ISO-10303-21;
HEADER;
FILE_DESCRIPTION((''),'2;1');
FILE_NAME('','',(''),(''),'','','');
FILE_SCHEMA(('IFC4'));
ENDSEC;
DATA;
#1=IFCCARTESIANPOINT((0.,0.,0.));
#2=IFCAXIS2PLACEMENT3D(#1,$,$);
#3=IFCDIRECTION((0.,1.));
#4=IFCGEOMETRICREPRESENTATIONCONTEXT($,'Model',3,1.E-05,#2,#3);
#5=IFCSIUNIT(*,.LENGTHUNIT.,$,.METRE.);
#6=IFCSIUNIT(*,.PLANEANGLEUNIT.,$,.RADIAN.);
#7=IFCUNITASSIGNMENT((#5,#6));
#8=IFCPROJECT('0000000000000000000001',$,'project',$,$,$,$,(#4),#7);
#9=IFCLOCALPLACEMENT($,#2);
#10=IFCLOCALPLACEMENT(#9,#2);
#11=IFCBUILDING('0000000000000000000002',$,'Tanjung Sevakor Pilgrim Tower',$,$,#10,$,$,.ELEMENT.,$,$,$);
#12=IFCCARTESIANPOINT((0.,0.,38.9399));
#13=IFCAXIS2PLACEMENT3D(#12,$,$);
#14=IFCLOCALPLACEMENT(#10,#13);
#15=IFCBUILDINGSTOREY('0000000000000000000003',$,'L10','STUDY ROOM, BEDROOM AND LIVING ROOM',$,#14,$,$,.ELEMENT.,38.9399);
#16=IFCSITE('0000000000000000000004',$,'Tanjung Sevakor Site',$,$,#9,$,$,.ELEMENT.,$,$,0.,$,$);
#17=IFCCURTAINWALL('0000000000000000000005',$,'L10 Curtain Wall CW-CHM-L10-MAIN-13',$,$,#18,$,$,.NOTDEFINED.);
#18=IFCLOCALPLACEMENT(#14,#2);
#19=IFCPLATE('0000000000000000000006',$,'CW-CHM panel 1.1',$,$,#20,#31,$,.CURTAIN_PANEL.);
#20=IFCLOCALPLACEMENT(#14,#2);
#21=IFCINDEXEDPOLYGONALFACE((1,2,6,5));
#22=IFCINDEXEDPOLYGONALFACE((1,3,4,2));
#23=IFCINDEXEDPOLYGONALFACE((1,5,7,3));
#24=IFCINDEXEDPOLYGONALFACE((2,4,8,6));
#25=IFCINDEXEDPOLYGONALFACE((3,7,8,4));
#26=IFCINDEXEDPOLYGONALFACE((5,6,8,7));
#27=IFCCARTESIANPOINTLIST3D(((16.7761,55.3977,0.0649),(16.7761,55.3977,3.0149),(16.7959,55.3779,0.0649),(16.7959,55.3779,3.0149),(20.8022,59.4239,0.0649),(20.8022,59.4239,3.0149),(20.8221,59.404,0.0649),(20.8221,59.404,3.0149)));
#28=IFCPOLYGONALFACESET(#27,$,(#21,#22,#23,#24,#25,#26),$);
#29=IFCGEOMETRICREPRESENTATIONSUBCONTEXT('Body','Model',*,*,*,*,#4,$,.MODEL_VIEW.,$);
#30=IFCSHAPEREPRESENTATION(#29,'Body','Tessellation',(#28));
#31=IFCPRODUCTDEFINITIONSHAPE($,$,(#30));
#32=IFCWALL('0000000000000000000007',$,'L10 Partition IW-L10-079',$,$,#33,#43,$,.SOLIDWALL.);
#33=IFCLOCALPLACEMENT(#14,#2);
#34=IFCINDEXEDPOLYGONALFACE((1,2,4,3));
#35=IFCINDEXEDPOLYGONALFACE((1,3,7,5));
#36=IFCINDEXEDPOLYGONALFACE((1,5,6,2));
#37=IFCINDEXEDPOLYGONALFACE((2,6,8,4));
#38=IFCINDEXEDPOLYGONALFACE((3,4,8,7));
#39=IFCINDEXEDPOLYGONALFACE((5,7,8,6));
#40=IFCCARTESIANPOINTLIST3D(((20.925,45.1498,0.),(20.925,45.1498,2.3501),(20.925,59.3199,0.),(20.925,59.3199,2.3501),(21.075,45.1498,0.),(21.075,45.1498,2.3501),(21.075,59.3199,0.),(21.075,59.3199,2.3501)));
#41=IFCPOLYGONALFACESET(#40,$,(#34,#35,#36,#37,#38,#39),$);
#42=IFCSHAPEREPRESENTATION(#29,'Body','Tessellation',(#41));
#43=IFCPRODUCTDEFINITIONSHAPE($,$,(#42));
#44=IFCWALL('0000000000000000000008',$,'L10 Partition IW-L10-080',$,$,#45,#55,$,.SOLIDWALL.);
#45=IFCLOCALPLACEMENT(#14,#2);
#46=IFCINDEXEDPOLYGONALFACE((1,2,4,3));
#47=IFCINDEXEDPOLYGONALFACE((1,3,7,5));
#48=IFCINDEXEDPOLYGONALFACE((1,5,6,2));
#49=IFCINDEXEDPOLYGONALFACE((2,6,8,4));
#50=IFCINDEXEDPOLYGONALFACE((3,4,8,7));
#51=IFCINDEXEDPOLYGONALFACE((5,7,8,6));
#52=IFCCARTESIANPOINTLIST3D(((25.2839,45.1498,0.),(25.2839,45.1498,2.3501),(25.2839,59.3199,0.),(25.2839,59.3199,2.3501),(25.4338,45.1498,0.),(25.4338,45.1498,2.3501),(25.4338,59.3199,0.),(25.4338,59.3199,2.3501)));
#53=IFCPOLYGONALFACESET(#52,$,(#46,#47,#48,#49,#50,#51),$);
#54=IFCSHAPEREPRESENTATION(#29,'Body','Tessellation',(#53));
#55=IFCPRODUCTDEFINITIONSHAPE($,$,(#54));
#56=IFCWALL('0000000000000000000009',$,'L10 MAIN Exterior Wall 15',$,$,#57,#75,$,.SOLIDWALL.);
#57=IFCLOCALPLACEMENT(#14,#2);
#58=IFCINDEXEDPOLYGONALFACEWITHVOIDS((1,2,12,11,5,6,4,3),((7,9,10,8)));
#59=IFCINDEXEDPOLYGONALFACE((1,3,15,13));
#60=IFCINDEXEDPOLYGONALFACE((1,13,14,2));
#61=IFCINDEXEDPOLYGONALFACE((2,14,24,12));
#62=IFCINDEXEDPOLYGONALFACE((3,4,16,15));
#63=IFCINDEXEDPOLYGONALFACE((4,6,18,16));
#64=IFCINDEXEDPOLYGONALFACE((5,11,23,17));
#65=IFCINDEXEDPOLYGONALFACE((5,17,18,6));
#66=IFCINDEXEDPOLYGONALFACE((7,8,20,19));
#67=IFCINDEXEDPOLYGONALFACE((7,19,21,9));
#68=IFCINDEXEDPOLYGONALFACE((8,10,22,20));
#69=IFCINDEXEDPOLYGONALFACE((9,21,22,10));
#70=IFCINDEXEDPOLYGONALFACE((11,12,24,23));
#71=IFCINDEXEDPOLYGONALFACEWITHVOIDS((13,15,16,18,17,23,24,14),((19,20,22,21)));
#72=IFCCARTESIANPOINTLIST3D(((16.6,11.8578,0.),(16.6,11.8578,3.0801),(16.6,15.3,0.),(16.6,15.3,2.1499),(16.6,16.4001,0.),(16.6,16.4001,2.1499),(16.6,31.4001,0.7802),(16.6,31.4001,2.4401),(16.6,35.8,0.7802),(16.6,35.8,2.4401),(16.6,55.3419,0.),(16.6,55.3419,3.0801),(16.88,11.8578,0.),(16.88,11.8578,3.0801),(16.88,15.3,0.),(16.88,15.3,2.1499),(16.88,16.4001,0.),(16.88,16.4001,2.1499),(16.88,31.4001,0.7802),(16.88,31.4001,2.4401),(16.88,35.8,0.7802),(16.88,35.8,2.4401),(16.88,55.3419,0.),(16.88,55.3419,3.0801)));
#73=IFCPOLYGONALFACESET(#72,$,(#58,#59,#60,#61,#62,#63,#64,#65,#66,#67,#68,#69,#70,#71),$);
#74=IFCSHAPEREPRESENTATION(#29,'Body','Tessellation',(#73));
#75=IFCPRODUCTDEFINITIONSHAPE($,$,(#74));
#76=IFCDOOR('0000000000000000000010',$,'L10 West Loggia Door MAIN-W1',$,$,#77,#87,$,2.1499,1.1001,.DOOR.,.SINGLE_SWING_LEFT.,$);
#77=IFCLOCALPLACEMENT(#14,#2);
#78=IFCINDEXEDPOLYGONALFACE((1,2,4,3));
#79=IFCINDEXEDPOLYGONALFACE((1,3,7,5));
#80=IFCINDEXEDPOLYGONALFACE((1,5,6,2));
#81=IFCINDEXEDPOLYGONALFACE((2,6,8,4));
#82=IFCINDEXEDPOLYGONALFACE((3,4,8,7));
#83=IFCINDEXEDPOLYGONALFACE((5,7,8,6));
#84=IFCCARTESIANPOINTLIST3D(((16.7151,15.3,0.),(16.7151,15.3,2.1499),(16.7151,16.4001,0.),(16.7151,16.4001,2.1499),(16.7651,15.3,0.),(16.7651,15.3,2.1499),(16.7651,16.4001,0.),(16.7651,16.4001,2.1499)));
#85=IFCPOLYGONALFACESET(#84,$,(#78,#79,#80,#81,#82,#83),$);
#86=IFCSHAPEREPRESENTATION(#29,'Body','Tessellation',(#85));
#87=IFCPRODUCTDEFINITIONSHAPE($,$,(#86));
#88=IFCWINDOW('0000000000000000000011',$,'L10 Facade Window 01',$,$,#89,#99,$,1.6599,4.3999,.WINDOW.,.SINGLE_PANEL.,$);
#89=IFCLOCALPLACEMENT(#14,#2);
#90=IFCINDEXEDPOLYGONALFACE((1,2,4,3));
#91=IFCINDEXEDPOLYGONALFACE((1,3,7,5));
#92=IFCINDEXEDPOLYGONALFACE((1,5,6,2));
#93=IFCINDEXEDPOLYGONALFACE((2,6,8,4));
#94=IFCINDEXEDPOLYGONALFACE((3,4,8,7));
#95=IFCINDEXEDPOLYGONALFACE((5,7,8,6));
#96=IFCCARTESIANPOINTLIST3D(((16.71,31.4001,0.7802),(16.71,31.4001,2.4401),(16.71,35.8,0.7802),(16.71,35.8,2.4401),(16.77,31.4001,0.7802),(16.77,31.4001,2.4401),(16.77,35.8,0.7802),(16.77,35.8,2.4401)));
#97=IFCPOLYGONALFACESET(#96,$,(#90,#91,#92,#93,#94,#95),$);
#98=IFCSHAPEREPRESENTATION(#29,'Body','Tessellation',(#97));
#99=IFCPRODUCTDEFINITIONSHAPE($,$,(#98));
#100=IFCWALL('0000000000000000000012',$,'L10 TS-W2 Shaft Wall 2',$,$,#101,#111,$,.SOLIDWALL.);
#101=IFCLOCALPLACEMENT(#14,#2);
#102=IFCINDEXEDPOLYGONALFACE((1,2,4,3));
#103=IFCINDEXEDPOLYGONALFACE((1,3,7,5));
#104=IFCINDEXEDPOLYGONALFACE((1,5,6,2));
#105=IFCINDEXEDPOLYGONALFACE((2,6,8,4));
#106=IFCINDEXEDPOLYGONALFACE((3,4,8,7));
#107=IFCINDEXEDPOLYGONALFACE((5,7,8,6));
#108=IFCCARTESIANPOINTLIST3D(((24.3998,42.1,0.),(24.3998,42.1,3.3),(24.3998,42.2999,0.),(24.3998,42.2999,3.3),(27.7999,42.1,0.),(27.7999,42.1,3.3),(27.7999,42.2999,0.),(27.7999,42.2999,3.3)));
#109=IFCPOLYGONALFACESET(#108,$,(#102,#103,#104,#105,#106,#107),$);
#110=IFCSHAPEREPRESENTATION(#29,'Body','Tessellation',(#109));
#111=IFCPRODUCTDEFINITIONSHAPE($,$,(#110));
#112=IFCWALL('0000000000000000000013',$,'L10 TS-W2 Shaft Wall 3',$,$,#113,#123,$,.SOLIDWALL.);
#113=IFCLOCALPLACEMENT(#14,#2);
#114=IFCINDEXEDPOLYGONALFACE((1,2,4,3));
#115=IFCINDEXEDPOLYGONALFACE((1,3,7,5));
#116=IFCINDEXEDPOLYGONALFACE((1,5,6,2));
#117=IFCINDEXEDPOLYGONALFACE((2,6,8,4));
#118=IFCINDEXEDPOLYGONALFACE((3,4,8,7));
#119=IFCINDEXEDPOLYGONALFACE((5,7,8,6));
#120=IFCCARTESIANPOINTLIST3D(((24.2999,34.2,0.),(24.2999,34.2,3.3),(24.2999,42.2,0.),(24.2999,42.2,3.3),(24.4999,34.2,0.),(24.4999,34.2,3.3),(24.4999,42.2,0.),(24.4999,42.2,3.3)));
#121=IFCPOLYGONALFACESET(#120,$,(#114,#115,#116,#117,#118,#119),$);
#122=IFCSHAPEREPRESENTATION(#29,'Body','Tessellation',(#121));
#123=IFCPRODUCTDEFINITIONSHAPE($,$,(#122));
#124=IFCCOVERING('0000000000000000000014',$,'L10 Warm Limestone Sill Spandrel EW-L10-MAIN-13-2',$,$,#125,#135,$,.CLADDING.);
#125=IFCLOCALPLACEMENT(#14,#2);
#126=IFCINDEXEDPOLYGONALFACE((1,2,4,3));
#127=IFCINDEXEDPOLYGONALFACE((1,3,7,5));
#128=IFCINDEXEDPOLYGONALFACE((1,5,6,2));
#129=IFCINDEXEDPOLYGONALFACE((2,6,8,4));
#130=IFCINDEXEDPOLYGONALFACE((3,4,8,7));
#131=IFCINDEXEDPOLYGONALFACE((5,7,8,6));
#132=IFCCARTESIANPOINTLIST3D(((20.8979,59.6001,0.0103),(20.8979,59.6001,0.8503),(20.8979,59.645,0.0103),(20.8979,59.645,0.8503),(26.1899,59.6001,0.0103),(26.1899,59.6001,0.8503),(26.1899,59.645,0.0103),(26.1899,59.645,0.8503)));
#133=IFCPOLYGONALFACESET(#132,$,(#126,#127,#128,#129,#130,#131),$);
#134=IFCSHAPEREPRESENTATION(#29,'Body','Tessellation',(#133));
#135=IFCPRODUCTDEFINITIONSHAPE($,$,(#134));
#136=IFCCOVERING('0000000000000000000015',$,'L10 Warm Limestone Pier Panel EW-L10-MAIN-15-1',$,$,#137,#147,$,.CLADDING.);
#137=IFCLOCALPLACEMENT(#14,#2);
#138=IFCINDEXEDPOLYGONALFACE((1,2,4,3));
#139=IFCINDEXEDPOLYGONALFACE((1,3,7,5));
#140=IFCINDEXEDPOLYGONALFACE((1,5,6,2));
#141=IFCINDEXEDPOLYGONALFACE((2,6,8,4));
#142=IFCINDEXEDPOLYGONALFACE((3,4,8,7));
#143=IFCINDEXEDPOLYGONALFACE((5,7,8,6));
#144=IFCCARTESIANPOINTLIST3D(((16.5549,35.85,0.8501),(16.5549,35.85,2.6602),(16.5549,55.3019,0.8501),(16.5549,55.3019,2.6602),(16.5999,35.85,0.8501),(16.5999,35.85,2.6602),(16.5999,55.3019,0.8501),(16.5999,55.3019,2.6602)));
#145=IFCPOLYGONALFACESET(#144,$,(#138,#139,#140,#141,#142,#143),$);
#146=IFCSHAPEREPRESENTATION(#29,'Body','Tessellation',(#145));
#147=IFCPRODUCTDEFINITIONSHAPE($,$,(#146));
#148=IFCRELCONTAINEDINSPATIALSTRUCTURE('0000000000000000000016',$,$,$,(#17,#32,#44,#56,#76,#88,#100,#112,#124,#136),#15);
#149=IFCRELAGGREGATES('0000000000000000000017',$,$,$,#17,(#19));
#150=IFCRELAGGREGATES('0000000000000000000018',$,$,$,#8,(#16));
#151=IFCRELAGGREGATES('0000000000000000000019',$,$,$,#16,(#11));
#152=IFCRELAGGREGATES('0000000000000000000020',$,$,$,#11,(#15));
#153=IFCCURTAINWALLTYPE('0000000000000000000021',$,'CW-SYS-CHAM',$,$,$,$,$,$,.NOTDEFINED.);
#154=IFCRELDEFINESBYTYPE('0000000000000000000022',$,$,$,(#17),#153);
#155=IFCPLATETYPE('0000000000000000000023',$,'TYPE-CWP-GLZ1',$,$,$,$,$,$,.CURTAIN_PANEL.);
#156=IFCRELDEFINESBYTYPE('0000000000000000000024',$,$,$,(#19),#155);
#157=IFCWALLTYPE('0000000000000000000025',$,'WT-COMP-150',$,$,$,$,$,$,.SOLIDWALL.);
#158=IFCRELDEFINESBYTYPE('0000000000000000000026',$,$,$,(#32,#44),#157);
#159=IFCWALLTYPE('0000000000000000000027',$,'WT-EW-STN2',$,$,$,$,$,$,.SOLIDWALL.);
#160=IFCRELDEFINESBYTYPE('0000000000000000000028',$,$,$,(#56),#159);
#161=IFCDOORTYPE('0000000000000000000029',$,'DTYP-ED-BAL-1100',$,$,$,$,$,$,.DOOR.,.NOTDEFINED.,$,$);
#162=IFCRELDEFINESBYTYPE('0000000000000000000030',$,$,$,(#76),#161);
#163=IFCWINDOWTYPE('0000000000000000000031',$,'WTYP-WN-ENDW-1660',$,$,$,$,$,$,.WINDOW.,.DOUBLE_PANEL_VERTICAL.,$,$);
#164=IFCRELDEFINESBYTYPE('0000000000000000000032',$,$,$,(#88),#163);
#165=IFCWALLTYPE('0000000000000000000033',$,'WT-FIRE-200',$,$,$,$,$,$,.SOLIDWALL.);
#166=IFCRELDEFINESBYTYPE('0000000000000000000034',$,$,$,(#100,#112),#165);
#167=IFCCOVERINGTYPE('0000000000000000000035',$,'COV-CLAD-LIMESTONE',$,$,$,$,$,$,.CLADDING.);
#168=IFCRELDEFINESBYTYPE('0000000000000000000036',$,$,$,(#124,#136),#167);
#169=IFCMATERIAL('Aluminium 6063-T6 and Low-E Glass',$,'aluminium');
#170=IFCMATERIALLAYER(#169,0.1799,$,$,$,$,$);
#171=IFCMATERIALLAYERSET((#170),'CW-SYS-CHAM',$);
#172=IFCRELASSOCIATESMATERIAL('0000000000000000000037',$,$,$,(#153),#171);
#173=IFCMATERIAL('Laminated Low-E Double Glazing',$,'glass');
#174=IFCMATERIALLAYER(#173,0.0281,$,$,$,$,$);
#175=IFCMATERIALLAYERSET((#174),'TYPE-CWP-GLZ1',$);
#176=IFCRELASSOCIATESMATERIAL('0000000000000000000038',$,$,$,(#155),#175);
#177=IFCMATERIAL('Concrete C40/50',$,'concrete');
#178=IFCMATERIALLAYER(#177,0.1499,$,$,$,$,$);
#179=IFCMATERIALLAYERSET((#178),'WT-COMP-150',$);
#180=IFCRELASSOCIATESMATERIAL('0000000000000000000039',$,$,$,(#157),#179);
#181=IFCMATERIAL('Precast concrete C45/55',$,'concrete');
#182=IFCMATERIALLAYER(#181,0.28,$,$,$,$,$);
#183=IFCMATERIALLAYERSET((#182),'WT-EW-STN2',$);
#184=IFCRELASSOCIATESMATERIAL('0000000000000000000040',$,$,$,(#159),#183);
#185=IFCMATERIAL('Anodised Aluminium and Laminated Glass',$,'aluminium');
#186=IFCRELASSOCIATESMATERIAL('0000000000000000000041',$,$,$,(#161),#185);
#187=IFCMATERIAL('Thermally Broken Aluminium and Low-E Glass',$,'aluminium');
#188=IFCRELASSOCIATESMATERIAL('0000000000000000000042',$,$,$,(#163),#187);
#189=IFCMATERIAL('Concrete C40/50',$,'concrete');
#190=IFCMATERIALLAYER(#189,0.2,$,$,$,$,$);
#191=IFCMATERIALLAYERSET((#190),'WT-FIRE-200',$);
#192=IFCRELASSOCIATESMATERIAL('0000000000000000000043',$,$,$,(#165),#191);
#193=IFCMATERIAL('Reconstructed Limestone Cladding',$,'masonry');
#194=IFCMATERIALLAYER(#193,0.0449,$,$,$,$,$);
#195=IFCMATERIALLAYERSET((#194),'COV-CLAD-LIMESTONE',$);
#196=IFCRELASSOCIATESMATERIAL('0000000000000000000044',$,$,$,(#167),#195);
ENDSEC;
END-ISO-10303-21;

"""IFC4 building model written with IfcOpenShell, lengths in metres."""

from ifc_helpers import new_model, si_unit, direction, frame, frame_2d, origin, origin_2d, place, context, subcontext, project, spatial, rectangle, extrude, material, layer, layer_set, type_object, element, fill, aggregate, save


model = new_model("IFC4")

# Units and contexts
model_context = context("Model", 3, precision=1e-05, world=origin(), true_north=direction((0.0, 1.0)))
body_context = subcontext(model_context, "Body", "Model", "MODEL_VIEW")
ifc_project = project(units=[si_unit("LENGTHUNIT", "METRE"), si_unit("PLANEANGLEUNIT", "RADIAN")], contexts=[model_context])

# Site, building, storey
site_placement = place(None, origin())
site = spatial("IfcSite", under=ifc_project, at=site_placement, Name="Tanjung Sevakor Site", CompositionType="ELEMENT", RefElevation=0.0)
building_placement = place(site_placement, origin())
building = spatial("IfcBuilding", under=site, at=building_placement, Name="Tanjung Sevakor Pilgrim Tower", CompositionType="ELEMENT")
storey_placement = place(building_placement, frame((0.0, 0.0, 38.9399)))
storey = spatial("IfcBuildingStorey", under=building, at=storey_placement, Name="L10", Description="STUDY ROOM, BEDROOM AND LIVING ROOM", CompositionType="ELEMENT", Elevation=38.9399)

# Curtain wall, plate
ifc_material_1 = material(Name="Aluminium 6063-T6 and Low-E Glass", Category="aluminium")
ifc_layer_1 = layer(ifc_material_1, 0.1799)
ifc_layer_set_1 = layer_set([ifc_layer_1], Name="CW-SYS-CHAM")
curtain_wall_type = type_object("IfcCurtainWallType", Name="CW-SYS-CHAM", PredefinedType="NOTDEFINED", material=ifc_layer_set_1)
curtain_wall_placement = place(storey_placement, origin())
curtain_wall = element("IfcCurtainWall", 1, at=curtain_wall_placement, inside=storey, type_object=curtain_wall_type, Name="L10 Curtain Wall CW-CHM-L10-MAIN-13", PredefinedType="NOTDEFINED")
ifc_material_2 = material(Name="Laminated Low-E Double Glazing", Category="glass")
ifc_layer_2 = layer(ifc_material_2, 0.0281)
ifc_layer_set_2 = layer_set([ifc_layer_2], Name="TYPE-CWP-GLZ1")
plate_type = type_object("IfcPlateType", Name="TYPE-CWP-GLZ1", PredefinedType="CURTAIN_PANEL", material=ifc_layer_set_2)
plate_placement = place(storey_placement, frame((18.7991, 57.4009, 0.0649), z_axis=(0.0, 0.0, 1.0), x_axis=(-0.707107, -0.707107, 0.0)))
plate = element("IfcPlate", 2, at=plate_placement, type_object=plate_type, Name="CW-CHM panel 1.1", PredefinedType="CURTAIN_PANEL", context=body_context, shape_type="SweptSolid", body=[
    extrude(rectangle(XDim=5.6938, YDim=0.0281, at=origin_2d()), origin(), (0.0, 0.0, 1.0), 2.95),
])
aggregate(curtain_wall, [plate])

# Walls
ifc_material_3 = material(Name="Concrete C40/50", Category="concrete")
ifc_layer_3 = layer(ifc_material_3, 0.1499)
ifc_layer_set_3 = layer_set([ifc_layer_3], Name="WT-COMP-150")
wall_type_1 = type_object("IfcWallType", Name="WT-COMP-150", PredefinedType="SOLIDWALL", material=ifc_layer_set_3)
for number, where, z_axis, x_axis, name in (
    (3, (21.0, 45.1499, 0.0), (0.0, 0.0, 1.0), (0.0, 1.0, 0.0), "L10 Partition IW-L10-079"),
    (4, (25.3589, 45.1499, 0.0), (0.0, 0.0, 1.0), (0.0, 1.0, 0.0), "L10 Partition IW-L10-080"),
):
    element("IfcWall", number, at=place(storey_placement, frame(where, z_axis=z_axis, x_axis=x_axis)), inside=storey, type_object=wall_type_1, Name=name, PredefinedType="SOLIDWALL", context=body_context, shape_type="SweptSolid", body=[
        extrude(rectangle(XDim=14.1702, YDim=0.1499, at=frame_2d((7.085, 0.0))), origin(), (0.0, 0.0, 1.0), 2.3501),
    ])

# Wall, openings, door, window
ifc_material_4 = material(Name="Precast concrete C45/55", Category="concrete")
ifc_layer_4 = layer(ifc_material_4, 0.28)
ifc_layer_set_4 = layer_set([ifc_layer_4], Name="WT-EW-STN2")
wall_type_2 = type_object("IfcWallType", Name="WT-EW-STN2", PredefinedType="SOLIDWALL", material=ifc_layer_set_4)
wall_1_placement = place(storey_placement, frame((16.74, 55.342, 0.0), z_axis=(0.0, 0.0, 1.0), x_axis=(0.0, -1.0, 0.0)))
wall_1 = element("IfcWall", 5, at=wall_1_placement, inside=storey, type_object=wall_type_2, Name="L10 MAIN Exterior Wall 15", PredefinedType="SOLIDWALL", context=body_context, shape_type="SweptSolid", body=[
    extrude(rectangle(XDim=43.4841, YDim=0.28, at=frame_2d((21.7422, 0.0))), origin(), (0.0, 0.0, 1.0), 3.0801),
])
opening_1_placement = place(wall_1_placement, frame((38.9419, 0.0, 0.0)))
opening_1 = element("IfcOpeningElement", 6, at=opening_1_placement, cuts=wall_1, PredefinedType="OPENING", context=body_context, shape_type="SweptSolid", body=[
    extrude(rectangle(XDim=1.1001, YDim=2.1499, at=frame_2d((0.55, 1.075))), frame((0.0, 0.1499, 0.0), z_axis=(0.0, -1.0, 0.0), x_axis=(1.0, 0.0, 0.0)), (0.0, 0.0, 1.0), 0.3),
])
opening_2_placement = place(wall_1_placement, frame((19.542, 0.0, 0.78)))
opening_2 = element("IfcOpeningElement", 7, at=opening_2_placement, cuts=wall_1, PredefinedType="OPENING", context=body_context, shape_type="SweptSolid", body=[
    extrude(rectangle(XDim=4.3999, YDim=1.6599, at=frame_2d((2.2, 0.8301))), frame((0.0, 0.1499, 0.0), z_axis=(0.0, -1.0, 0.0), x_axis=(1.0, 0.0, 0.0)), (0.0, 0.0, 1.0), 0.3),
])
ifc_material_5 = material(Name="Anodised Aluminium and Laminated Glass", Category="aluminium")
door_type_1 = type_object("IfcDoorType", Name="DTYP-ED-BAL-1100", OperationType="NOTDEFINED", PredefinedType="DOOR", material=ifc_material_5)
door_1_placement = place(opening_1_placement, frame((1.1001, 0.0, 0.0), z_axis=(0.0, 0.0, 1.0), x_axis=(-1.0, 0.0, 0.0)))
door_1 = element("IfcDoor", 8, at=door_1_placement, inside=storey, type_object=door_type_1, Name="L10 West Loggia Door MAIN-W1", OperationType="SINGLE_SWING_LEFT", OverallHeight=2.1499, OverallWidth=1.1001, PredefinedType="DOOR", context=body_context, shape_type="SweptSolid", body=[
    extrude(rectangle(XDim=1.1001, YDim=2.1499, at=frame_2d((0.55, 1.075))), frame((0.0, 0.0249, 0.0), z_axis=(0.0, -1.0, 0.0), x_axis=(1.0, 0.0, 0.0)), (0.0, 0.0, 1.0), 0.05),
])
fill(opening_1, door_1)
ifc_material_6 = material(Name="Thermally Broken Aluminium and Low-E Glass", Category="aluminium")
window_type = type_object("IfcWindowType", Name="WTYP-WN-ENDW-1660", PartitioningType="DOUBLE_PANEL_VERTICAL", PredefinedType="WINDOW", material=ifc_material_6)
window_placement = place(opening_2_placement, origin())
window = element("IfcWindow", 9, at=window_placement, inside=storey, type_object=window_type, Name="L10 Facade Window 01", OverallHeight=1.6599, OverallWidth=4.3999, PartitioningType="SINGLE_PANEL", PredefinedType="WINDOW", context=body_context, shape_type="SweptSolid", body=[
    extrude(rectangle(XDim=4.3999, YDim=1.6599, at=frame_2d((2.2, 0.8301))), frame((0.0, 0.03, 0.0), z_axis=(0.0, -1.0, 0.0), x_axis=(1.0, 0.0, 0.0)), (0.0, 0.0, 1.0), 0.0601),
])
fill(opening_2, window)

# Walls
ifc_material_7 = material(Name="Concrete C40/50", Category="concrete")
ifc_layer_5 = layer(ifc_material_7, 0.2)
ifc_layer_set_5 = layer_set([ifc_layer_5], Name="WT-FIRE-200")
wall_type_3 = type_object("IfcWallType", Name="WT-FIRE-200", PredefinedType="SOLIDWALL", material=ifc_layer_set_5)
wall_2_placement = place(storey_placement, frame((27.8, 42.2, 0.0), z_axis=(0.0, 0.0, 1.0), x_axis=(-1.0, 0.0, 0.0)))
element("IfcWall", 10, at=wall_2_placement, inside=storey, type_object=wall_type_3, Name="L10 TS-W2 Shaft Wall 2", PredefinedType="SOLIDWALL", context=body_context, shape_type="SweptSolid", body=[
    extrude(rectangle(XDim=3.4001, YDim=0.2, at=frame_2d((1.7002, 0.0))), origin(), (0.0, 0.0, 1.0), 3.3),
])
wall_3_placement = place(storey_placement, frame((24.3999, 42.2, 0.0), z_axis=(0.0, 0.0, 1.0), x_axis=(0.0, -1.0, 0.0)))
element("IfcWall", 11, at=wall_3_placement, inside=storey, type_object=wall_type_3, Name="L10 TS-W2 Shaft Wall 3", PredefinedType="SOLIDWALL", context=body_context, shape_type="SweptSolid", body=[
    extrude(rectangle(XDim=8.0, YDim=0.2, at=frame_2d((4.0, 0.0))), origin(), (0.0, 0.0, 1.0), 3.3),
])

# Coverings
ifc_material_8 = material(Name="Reconstructed Limestone Cladding", Category="masonry")
ifc_layer_6 = layer(ifc_material_8, 0.0449)
ifc_layer_set_6 = layer_set([ifc_layer_6], Name="COV-CLAD-LIMESTONE")
covering_type = type_object("IfcCoveringType", Name="COV-CLAD-LIMESTONE", PredefinedType="CLADDING", material=ifc_layer_set_6)
covering_1_placement = place(storey_placement, frame((23.5439, 59.6226, 0.0103), z_axis=(0.0, 0.0, 1.0), x_axis=(-1.0, 0.0, 0.0)))
element("IfcCovering", 12, at=covering_1_placement, inside=storey, type_object=covering_type, Name="L10 Warm Limestone Sill Spandrel EW-L10-MAIN-13-2", PredefinedType="CLADDING", context=body_context, shape_type="SweptSolid", body=[
    extrude(rectangle(XDim=5.292, YDim=0.0449, at=origin_2d()), origin(), (0.0, 0.0, 1.0), 0.8401),
])
covering_2_placement = place(storey_placement, frame((16.5774, 45.5759, 0.8501), z_axis=(0.0, 0.0, 1.0), x_axis=(0.0, -1.0, 0.0)))
element("IfcCovering", 13, at=covering_2_placement, inside=storey, type_object=covering_type, Name="L10 Warm Limestone Pier Panel EW-L10-MAIN-15-1", PredefinedType="CLADDING", context=body_context, shape_type="SweptSolid", body=[
    extrude(rectangle(XDim=19.4519, YDim=0.0449, at=origin_2d()), origin(), (0.0, 0.0, 1.0), 1.8101),
])

save(model, "model.ifc")
